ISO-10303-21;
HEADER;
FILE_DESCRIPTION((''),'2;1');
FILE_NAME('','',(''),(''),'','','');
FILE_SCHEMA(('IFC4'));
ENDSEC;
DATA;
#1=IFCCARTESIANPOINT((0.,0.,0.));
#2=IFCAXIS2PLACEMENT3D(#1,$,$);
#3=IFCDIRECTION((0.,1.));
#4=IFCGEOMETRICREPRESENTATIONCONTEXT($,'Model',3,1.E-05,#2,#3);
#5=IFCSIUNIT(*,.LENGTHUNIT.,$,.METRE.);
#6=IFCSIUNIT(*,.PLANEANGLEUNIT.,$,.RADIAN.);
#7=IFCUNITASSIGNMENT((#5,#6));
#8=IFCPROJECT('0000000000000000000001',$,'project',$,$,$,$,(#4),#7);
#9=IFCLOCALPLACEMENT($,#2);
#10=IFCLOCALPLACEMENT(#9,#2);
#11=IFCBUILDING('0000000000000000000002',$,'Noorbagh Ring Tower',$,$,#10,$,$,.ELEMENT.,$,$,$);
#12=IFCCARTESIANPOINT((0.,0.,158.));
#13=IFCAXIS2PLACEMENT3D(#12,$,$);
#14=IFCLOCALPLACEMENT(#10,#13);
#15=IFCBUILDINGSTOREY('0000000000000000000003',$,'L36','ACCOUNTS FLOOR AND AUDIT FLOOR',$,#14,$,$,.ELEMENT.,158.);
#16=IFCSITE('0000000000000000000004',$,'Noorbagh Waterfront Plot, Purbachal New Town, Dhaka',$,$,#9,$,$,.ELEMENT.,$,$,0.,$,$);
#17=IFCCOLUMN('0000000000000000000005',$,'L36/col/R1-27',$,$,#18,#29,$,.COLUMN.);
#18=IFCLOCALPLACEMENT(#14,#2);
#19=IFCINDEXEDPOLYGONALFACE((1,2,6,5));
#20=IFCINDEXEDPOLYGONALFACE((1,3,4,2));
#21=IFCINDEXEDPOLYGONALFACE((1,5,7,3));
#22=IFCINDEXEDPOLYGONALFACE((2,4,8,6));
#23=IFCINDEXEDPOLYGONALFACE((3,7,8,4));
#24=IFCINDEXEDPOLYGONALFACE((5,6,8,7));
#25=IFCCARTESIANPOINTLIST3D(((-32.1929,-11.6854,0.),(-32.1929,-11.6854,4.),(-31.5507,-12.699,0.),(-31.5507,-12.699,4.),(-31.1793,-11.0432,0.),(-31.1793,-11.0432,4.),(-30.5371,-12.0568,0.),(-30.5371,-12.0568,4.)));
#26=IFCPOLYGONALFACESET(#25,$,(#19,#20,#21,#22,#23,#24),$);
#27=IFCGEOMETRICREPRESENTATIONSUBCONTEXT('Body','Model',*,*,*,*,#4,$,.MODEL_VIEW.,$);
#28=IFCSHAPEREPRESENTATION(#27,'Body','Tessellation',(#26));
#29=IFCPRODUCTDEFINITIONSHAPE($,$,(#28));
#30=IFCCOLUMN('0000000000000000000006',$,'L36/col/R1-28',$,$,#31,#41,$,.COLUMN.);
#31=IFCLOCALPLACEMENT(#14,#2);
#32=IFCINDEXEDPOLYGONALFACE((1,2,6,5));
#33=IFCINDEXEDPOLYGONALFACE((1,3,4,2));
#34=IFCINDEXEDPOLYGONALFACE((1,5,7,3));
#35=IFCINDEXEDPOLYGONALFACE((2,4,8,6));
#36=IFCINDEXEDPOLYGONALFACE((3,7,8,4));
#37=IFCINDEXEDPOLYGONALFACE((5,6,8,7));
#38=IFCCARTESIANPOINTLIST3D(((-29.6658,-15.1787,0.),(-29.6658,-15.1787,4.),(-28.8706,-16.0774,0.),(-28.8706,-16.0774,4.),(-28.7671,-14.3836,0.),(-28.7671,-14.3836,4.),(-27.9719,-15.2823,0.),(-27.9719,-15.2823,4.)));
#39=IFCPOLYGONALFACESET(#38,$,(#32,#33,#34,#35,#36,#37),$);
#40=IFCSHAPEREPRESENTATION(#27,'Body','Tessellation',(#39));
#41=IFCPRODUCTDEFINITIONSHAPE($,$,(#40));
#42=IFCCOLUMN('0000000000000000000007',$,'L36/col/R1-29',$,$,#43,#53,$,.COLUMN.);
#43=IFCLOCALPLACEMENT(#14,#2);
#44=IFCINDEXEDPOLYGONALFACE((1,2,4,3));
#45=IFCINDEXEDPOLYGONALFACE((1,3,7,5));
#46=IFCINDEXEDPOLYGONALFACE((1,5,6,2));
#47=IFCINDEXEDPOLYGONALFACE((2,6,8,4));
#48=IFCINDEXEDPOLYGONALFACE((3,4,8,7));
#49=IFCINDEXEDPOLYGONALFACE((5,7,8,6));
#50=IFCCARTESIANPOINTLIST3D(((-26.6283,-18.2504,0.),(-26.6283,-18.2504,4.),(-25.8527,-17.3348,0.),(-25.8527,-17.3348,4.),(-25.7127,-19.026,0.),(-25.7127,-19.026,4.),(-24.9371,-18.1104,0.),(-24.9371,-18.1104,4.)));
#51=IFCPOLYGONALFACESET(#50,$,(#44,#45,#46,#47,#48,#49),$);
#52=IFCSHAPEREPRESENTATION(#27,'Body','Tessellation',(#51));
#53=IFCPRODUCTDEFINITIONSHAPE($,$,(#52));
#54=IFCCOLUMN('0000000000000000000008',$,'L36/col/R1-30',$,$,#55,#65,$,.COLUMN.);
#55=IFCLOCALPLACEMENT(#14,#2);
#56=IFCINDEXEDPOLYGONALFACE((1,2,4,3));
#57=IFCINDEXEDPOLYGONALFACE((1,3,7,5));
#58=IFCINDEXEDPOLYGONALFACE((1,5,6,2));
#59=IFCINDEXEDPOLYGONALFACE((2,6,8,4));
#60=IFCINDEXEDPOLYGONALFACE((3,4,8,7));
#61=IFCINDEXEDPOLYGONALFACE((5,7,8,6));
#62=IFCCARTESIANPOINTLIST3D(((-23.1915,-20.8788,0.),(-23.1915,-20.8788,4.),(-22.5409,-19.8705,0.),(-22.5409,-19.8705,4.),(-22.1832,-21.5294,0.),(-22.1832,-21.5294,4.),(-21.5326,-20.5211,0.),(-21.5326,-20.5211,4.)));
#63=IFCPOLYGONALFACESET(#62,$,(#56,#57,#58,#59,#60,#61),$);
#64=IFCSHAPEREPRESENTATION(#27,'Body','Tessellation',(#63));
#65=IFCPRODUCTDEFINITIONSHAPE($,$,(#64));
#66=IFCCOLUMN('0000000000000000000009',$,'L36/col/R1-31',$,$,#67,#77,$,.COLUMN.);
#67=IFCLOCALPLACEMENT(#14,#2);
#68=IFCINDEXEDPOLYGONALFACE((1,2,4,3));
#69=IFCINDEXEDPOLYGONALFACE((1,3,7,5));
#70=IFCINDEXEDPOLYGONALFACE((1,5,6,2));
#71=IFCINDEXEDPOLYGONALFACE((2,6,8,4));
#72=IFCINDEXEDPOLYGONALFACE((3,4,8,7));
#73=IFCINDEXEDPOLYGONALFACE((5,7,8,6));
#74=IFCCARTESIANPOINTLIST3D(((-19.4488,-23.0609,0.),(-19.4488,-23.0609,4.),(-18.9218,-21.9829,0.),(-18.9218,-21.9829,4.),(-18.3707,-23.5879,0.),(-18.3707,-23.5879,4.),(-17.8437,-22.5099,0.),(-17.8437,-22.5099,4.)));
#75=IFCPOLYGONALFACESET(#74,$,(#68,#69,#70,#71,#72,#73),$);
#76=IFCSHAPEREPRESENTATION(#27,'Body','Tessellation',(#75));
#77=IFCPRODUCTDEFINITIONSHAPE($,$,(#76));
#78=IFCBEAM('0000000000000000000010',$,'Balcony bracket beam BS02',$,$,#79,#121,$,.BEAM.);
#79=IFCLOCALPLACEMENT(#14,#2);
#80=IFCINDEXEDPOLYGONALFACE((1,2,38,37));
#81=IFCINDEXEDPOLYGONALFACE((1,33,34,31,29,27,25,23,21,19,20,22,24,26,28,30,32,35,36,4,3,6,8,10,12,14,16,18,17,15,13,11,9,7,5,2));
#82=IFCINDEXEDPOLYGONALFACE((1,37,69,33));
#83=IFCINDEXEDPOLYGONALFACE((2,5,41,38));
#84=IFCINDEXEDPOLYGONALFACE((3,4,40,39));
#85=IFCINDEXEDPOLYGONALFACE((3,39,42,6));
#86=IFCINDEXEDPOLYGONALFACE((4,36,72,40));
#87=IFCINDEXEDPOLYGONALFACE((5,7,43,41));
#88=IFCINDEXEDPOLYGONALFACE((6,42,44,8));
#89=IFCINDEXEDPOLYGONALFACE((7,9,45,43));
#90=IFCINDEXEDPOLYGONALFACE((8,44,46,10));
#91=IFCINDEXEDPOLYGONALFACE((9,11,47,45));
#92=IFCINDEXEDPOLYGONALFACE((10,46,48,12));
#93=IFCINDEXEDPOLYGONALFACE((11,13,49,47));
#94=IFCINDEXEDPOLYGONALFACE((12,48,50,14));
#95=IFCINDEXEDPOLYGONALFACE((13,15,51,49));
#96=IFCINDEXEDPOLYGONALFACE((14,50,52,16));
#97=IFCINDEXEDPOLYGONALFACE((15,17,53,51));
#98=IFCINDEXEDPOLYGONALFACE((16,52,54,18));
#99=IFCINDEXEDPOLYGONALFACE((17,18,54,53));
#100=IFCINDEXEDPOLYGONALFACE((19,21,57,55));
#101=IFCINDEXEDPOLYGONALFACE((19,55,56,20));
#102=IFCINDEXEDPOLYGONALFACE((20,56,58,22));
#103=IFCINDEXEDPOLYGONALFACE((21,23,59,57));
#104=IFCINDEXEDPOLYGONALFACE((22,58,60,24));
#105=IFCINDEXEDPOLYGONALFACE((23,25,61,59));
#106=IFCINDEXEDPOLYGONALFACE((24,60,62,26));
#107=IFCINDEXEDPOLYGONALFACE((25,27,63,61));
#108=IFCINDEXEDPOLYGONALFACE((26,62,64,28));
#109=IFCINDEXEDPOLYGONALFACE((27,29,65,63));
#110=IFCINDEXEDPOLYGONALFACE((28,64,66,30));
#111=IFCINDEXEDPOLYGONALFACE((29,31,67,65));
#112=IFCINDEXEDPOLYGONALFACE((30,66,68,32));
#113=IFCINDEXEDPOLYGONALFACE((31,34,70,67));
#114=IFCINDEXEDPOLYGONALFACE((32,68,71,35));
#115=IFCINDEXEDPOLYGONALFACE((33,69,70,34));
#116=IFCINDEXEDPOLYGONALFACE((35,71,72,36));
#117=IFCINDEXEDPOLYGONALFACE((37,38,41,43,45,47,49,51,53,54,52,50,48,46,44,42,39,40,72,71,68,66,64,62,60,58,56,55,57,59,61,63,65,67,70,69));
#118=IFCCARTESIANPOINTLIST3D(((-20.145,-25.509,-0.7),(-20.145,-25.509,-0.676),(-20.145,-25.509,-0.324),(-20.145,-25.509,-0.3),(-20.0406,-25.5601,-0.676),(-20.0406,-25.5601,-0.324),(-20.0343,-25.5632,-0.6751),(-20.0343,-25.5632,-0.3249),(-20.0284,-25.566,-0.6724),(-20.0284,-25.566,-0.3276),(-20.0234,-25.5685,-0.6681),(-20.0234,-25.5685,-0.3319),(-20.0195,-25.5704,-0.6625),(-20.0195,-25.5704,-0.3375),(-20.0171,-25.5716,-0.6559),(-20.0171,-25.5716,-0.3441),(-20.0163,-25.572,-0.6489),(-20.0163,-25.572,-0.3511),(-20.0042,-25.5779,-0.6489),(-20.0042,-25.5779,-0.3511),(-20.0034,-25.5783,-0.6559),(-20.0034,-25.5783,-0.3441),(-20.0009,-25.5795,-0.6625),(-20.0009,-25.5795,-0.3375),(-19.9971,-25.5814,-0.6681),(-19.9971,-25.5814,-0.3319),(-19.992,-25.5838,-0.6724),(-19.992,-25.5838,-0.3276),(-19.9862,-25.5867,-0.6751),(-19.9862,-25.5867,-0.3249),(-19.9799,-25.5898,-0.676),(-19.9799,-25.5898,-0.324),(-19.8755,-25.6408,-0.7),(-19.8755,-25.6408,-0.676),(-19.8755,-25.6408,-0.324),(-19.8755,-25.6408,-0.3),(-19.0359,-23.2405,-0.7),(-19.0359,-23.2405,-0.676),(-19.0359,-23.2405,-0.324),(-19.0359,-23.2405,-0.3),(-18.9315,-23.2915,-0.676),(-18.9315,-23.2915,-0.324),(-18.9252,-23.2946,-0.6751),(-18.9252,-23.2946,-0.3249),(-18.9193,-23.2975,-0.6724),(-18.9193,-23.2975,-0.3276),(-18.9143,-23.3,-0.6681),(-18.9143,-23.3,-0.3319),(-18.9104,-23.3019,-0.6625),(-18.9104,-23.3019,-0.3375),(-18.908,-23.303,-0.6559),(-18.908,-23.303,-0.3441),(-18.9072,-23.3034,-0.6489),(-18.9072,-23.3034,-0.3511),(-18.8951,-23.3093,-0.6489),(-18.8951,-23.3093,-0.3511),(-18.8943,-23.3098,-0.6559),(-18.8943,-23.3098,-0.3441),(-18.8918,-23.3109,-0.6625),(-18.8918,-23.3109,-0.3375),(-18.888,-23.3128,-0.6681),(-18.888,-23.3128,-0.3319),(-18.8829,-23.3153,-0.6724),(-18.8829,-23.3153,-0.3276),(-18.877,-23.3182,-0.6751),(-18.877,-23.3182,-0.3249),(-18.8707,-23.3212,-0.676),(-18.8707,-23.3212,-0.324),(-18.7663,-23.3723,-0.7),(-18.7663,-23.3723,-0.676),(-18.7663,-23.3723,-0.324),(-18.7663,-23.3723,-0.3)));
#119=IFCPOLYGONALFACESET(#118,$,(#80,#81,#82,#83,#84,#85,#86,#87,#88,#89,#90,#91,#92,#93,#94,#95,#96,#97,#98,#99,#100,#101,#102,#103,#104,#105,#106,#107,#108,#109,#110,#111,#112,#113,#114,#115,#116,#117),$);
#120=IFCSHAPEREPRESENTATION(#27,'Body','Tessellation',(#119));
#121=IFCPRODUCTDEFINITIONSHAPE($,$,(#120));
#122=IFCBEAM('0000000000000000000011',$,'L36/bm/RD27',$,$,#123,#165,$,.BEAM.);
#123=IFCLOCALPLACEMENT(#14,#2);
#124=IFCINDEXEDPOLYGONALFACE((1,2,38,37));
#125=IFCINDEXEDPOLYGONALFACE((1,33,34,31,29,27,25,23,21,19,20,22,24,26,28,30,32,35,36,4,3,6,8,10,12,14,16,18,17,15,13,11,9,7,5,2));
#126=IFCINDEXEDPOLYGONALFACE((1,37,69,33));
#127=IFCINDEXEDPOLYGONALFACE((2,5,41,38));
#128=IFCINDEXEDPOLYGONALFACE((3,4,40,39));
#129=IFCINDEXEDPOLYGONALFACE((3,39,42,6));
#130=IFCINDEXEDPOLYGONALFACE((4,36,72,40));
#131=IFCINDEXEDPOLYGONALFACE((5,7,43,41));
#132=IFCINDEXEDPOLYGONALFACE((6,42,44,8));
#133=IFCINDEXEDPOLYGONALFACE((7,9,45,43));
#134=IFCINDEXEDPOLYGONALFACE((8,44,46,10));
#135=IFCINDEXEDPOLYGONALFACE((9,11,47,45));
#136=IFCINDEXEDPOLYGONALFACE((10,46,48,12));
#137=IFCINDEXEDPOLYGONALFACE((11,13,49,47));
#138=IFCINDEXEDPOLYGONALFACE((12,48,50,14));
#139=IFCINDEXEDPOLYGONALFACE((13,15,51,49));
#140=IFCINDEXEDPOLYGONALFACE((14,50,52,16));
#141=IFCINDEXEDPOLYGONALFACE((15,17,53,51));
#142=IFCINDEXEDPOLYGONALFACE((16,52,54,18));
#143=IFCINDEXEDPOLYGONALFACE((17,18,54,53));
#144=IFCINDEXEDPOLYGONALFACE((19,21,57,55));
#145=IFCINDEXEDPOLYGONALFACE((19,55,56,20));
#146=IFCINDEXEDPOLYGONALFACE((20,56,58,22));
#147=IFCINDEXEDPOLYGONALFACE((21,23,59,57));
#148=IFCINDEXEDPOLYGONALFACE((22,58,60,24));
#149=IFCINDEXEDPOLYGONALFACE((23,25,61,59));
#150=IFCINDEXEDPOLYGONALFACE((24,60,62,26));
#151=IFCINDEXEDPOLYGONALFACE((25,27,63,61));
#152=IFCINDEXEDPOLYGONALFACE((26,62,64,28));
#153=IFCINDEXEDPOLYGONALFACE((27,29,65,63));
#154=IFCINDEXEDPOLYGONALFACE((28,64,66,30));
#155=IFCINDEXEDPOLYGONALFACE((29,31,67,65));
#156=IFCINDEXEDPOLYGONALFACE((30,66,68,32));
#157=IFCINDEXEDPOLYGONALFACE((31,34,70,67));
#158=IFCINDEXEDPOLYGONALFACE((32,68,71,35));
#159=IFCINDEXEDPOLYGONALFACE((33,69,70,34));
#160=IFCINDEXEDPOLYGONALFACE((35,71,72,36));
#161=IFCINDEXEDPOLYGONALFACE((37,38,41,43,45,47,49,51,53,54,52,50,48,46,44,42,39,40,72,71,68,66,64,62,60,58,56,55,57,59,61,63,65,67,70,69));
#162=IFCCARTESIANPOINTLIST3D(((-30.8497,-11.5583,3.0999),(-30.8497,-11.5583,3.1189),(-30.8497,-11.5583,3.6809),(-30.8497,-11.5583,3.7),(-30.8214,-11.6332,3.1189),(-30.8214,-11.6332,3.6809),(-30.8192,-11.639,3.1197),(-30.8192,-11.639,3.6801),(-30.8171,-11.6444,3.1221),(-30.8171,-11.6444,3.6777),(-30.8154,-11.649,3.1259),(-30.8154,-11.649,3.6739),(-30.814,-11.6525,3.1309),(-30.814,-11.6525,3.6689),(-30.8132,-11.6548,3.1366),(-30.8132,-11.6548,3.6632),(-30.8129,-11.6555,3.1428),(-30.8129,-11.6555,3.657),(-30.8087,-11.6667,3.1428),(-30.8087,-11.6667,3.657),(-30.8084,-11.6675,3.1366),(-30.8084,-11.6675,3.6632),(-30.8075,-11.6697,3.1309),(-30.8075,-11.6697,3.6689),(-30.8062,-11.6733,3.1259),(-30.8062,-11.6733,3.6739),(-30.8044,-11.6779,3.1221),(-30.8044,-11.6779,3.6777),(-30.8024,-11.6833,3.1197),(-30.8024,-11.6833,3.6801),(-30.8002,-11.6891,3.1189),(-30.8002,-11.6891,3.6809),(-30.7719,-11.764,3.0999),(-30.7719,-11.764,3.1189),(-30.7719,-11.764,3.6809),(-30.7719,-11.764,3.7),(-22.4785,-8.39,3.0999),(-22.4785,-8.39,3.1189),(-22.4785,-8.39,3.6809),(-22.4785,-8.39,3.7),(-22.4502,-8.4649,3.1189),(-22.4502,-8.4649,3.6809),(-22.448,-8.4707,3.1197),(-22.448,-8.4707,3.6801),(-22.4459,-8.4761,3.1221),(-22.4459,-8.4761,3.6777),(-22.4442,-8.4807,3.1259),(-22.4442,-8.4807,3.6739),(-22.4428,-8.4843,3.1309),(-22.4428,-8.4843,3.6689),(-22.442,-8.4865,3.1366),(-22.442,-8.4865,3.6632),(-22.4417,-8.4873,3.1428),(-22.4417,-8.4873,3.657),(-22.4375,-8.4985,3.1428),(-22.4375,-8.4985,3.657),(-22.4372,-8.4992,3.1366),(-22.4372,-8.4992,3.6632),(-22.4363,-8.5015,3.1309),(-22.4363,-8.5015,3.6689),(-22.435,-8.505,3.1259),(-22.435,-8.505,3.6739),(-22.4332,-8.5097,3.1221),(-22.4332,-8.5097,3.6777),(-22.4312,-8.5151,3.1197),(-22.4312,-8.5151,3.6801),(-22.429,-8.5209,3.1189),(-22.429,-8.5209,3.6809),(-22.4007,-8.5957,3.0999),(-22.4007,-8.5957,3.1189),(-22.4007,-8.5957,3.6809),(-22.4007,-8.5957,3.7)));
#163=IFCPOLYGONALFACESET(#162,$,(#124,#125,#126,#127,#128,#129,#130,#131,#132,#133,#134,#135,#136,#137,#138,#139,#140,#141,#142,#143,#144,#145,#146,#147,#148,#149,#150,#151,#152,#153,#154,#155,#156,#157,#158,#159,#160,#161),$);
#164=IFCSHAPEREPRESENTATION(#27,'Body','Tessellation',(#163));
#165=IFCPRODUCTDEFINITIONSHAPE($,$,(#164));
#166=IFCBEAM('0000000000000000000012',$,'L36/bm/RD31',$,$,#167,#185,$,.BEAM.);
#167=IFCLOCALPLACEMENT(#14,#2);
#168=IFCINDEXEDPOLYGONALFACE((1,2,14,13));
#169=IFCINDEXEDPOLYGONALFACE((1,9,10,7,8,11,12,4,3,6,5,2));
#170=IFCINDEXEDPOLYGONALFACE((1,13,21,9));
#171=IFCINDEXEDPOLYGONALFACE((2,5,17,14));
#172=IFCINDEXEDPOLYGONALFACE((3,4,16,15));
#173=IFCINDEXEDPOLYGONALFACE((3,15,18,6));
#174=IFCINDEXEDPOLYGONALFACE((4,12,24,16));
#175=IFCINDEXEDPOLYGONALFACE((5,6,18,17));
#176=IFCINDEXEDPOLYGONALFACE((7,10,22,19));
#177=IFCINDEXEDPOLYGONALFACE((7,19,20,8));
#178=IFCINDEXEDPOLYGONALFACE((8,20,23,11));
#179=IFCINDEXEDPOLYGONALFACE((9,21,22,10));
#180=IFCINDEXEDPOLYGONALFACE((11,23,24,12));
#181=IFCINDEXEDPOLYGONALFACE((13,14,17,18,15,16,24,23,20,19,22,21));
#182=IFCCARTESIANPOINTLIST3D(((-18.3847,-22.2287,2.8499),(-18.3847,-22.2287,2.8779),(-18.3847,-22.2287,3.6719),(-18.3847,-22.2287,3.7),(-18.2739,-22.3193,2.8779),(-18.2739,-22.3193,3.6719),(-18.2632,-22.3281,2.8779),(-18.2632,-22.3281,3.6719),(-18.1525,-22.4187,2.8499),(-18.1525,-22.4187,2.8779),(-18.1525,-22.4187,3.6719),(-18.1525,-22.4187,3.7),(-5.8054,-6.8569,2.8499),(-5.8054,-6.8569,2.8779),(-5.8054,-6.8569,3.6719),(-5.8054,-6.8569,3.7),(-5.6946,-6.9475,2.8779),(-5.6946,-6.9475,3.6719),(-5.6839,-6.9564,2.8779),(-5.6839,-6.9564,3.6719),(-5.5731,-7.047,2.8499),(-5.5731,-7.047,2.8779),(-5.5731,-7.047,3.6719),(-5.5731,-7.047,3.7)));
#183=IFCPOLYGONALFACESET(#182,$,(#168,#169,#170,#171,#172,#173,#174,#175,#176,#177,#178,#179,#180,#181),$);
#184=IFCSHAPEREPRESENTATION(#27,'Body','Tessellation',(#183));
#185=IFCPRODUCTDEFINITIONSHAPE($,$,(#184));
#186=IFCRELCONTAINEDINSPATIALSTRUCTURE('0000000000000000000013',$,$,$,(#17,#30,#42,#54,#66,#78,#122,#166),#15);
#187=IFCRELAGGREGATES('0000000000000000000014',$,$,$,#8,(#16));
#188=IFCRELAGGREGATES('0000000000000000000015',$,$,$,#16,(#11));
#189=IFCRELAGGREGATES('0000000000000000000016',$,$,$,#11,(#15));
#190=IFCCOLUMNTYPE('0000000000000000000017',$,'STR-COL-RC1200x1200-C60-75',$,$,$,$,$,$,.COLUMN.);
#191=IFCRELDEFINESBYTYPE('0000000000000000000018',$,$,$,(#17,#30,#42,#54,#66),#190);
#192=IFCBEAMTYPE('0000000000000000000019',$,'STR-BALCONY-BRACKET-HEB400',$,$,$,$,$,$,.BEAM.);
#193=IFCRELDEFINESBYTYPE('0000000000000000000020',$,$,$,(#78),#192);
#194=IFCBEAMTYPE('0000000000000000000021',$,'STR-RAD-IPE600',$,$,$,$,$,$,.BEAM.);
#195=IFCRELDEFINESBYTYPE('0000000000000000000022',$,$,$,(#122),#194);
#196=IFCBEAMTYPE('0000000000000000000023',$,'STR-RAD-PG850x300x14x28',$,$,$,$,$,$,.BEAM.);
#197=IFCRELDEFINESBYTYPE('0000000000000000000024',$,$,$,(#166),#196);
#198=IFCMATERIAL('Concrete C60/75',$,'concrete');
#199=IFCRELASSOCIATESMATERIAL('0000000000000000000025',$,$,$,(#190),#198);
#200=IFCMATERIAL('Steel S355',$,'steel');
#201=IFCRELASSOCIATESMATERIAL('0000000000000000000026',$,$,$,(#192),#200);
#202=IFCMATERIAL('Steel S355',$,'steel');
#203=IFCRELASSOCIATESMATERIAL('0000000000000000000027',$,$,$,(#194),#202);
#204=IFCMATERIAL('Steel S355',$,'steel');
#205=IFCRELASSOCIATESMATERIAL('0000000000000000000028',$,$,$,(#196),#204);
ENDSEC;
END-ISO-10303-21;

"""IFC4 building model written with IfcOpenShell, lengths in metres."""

from ifc_helpers import new_model, si_unit, direction, frame, origin, origin_2d, place, context, subcontext, project, spatial, rectangle, i_section, extrude, material, material_profile, profile_set, type_object, element, save


model = new_model("IFC4")

# Units and contexts
model_context = context("Model", 3, precision=1e-05, world=origin(), true_north=direction((0.0, 1.0)))
body_context = subcontext(model_context, "Body", "Model", "MODEL_VIEW")
ifc_project = project(units=[si_unit("LENGTHUNIT", "METRE"), si_unit("PLANEANGLEUNIT", "RADIAN")], contexts=[model_context])

# Site, building, storey
site_placement = place(None, origin())
site = spatial("IfcSite", under=ifc_project, at=site_placement, Name="Noorbagh Waterfront Plot, Purbachal New Town, Dhaka", CompositionType="ELEMENT", RefElevation=0.0)
building_placement = place(site_placement, origin())
building = spatial("IfcBuilding", under=site, at=building_placement, Name="Noorbagh Ring Tower", CompositionType="ELEMENT")
storey_placement = place(building_placement, frame((0.0, 0.0, 158.0)))
storey = spatial("IfcBuildingStorey", under=building, at=storey_placement, Name="L36", Description="ACCOUNTS FLOOR AND AUDIT FLOOR", CompositionType="ELEMENT", Elevation=158.0)

# Columns
ifc_material_1 = material(Name="Concrete C60/75", Category="concrete")
ifc_material_profile_1 = material_profile(ifc_material_1, rectangle(XDim=1.2, YDim=1.2, at=origin_2d()), Name="RC1200x1200")
ifc_profile_set_1 = profile_set([ifc_material_profile_1], Name="Concrete C60/75")
column_type = type_object("IfcColumnType", Name="STR-COL-RC1200x1200-C60-75", PredefinedType="COLUMN", material=ifc_profile_set_1)
for number, where, z_axis, x_axis, name in (
    (1, (-31.365, -11.8711, 0.0), (0.0, 0.0, 1.0), (0.53519, -0.844731, 0.0), "L36/col/R1-27"),
    (2, (-28.8188, -15.2305, 0.0), (0.0, 0.0, 1.0), (0.662636, -0.748942, 0.0), "L36/col/R1-28"),
    (3, (-25.7827, -18.1804, 0.0), (0.0, 0.0, 1.0), (0.763035, -0.646357, 0.0), "L36/col/R1-29"),
    (4, (-22.3621, -20.7, 0.0), (0.0, 0.0, 1.0), (0.840248, -0.542203, 0.0), "L36/col/R1-30"),
    (5, (-18.6462, -22.7854, 0.0), (0.0, 0.0, 1.0), (0.898399, -0.43918, 0.0), "L36/col/R1-31"),
):
    element("IfcColumn", number, at=place(storey_placement, frame(where, z_axis=z_axis, x_axis=x_axis)), inside=storey, type_object=column_type, Name=name, PredefinedType="COLUMN", context=body_context, shape_type="SweptSolid", body=[
        extrude(rectangle(XDim=1.2, YDim=1.2, at=origin_2d()), origin(), (0.0, 0.0, 1.0), 4.0),
    ])

# Beams
ifc_material_2 = material(Name="Steel S355", Category="steel")
ifc_material_profile_2 = material_profile(ifc_material_2, i_section(OverallWidth=0.3, OverallDepth=0.3999, WebThickness=0.0134, FlangeThickness=0.0239, FilletRadius=0.0271, at=origin_2d()), Name="HEB400")
ifc_profile_set_2 = profile_set([ifc_material_profile_2], Name="Steel S355")
beam_type_1 = type_object("IfcBeamType", Name="STR-BALCONY-BRACKET-HEB400", PredefinedType="BEAM", material=ifc_profile_set_2)
beam_1_placement = place(storey_placement, frame((-18.9011, -23.3064, -0.5), z_axis=(-0.439229, -0.898375, 0.0), x_axis=(0.898375, -0.439229, 0.0)))
element("IfcBeam", 6, at=beam_1_placement, inside=storey, type_object=beam_type_1, Name="Balcony bracket beam BS02", PredefinedType="BEAM", context=body_context, shape_type="SweptSolid", body=[
    extrude(i_section(OverallWidth=0.3, OverallDepth=0.3999, WebThickness=0.0134, FlangeThickness=0.0239, FilletRadius=0.0271, at=origin_2d()), origin(), (0.0, 0.0, 1.0), 2.5251),
])
ifc_material_3 = material(Name="Steel S355", Category="steel")
ifc_material_profile_3 = material_profile(ifc_material_3, i_section(OverallWidth=0.22, OverallDepth=0.6001, WebThickness=0.012, FlangeThickness=0.019, FilletRadius=0.0239, at=origin_2d()), Name="IPE600")
ifc_profile_set_3 = profile_set([ifc_material_profile_3], Name="Steel S355")
beam_type_2 = type_object("IfcBeamType", Name="STR-RAD-IPE600", PredefinedType="BEAM", material=ifc_profile_set_3)
beam_2_placement = place(storey_placement, frame((-30.8108, -11.6611, 3.3999), z_axis=(0.935258, 0.353968, 0.0), x_axis=(-0.353968, 0.935258, 0.0)))
element("IfcBeam", 7, at=beam_2_placement, inside=storey, type_object=beam_type_2, Name="L36/bm/RD27", PredefinedType="BEAM", context=body_context, shape_type="SweptSolid", body=[
    extrude(i_section(OverallWidth=0.22, OverallDepth=0.6001, WebThickness=0.012, FlangeThickness=0.019, FilletRadius=0.0239, at=origin_2d()), origin(), (0.0, 0.0, 1.0), 8.9507),
])
ifc_material_4 = material(Name="Steel S355", Category="steel")
ifc_material_profile_4 = material_profile(ifc_material_4, i_section(OverallWidth=0.3, OverallDepth=0.8501, WebThickness=0.0139, FlangeThickness=0.0281, at=origin_2d()), Name="PG850x300x14x28")
ifc_profile_set_4 = profile_set([ifc_material_profile_4], Name="Steel S355")
beam_type_3 = type_object("IfcBeamType", Name="STR-RAD-PG850x300x14x28", PredefinedType="BEAM", material=ifc_profile_set_4)
beam_3_placement = place(storey_placement, frame((-18.2686, -22.3237, 3.2749), z_axis=(0.63331, 0.773898, 0.0), x_axis=(-0.773898, 0.63331, 0.0)))
element("IfcBeam", 8, at=beam_3_placement, inside=storey, type_object=beam_type_3, Name="L36/bm/RD31", PredefinedType="BEAM", context=body_context, shape_type="SweptSolid", body=[
    extrude(i_section(OverallWidth=0.3, OverallDepth=0.8501, WebThickness=0.0139, FlangeThickness=0.0281, at=origin_2d()), origin(), (0.0, 0.0, 1.0), 19.8628),
])

save(model, "model.ifc")
